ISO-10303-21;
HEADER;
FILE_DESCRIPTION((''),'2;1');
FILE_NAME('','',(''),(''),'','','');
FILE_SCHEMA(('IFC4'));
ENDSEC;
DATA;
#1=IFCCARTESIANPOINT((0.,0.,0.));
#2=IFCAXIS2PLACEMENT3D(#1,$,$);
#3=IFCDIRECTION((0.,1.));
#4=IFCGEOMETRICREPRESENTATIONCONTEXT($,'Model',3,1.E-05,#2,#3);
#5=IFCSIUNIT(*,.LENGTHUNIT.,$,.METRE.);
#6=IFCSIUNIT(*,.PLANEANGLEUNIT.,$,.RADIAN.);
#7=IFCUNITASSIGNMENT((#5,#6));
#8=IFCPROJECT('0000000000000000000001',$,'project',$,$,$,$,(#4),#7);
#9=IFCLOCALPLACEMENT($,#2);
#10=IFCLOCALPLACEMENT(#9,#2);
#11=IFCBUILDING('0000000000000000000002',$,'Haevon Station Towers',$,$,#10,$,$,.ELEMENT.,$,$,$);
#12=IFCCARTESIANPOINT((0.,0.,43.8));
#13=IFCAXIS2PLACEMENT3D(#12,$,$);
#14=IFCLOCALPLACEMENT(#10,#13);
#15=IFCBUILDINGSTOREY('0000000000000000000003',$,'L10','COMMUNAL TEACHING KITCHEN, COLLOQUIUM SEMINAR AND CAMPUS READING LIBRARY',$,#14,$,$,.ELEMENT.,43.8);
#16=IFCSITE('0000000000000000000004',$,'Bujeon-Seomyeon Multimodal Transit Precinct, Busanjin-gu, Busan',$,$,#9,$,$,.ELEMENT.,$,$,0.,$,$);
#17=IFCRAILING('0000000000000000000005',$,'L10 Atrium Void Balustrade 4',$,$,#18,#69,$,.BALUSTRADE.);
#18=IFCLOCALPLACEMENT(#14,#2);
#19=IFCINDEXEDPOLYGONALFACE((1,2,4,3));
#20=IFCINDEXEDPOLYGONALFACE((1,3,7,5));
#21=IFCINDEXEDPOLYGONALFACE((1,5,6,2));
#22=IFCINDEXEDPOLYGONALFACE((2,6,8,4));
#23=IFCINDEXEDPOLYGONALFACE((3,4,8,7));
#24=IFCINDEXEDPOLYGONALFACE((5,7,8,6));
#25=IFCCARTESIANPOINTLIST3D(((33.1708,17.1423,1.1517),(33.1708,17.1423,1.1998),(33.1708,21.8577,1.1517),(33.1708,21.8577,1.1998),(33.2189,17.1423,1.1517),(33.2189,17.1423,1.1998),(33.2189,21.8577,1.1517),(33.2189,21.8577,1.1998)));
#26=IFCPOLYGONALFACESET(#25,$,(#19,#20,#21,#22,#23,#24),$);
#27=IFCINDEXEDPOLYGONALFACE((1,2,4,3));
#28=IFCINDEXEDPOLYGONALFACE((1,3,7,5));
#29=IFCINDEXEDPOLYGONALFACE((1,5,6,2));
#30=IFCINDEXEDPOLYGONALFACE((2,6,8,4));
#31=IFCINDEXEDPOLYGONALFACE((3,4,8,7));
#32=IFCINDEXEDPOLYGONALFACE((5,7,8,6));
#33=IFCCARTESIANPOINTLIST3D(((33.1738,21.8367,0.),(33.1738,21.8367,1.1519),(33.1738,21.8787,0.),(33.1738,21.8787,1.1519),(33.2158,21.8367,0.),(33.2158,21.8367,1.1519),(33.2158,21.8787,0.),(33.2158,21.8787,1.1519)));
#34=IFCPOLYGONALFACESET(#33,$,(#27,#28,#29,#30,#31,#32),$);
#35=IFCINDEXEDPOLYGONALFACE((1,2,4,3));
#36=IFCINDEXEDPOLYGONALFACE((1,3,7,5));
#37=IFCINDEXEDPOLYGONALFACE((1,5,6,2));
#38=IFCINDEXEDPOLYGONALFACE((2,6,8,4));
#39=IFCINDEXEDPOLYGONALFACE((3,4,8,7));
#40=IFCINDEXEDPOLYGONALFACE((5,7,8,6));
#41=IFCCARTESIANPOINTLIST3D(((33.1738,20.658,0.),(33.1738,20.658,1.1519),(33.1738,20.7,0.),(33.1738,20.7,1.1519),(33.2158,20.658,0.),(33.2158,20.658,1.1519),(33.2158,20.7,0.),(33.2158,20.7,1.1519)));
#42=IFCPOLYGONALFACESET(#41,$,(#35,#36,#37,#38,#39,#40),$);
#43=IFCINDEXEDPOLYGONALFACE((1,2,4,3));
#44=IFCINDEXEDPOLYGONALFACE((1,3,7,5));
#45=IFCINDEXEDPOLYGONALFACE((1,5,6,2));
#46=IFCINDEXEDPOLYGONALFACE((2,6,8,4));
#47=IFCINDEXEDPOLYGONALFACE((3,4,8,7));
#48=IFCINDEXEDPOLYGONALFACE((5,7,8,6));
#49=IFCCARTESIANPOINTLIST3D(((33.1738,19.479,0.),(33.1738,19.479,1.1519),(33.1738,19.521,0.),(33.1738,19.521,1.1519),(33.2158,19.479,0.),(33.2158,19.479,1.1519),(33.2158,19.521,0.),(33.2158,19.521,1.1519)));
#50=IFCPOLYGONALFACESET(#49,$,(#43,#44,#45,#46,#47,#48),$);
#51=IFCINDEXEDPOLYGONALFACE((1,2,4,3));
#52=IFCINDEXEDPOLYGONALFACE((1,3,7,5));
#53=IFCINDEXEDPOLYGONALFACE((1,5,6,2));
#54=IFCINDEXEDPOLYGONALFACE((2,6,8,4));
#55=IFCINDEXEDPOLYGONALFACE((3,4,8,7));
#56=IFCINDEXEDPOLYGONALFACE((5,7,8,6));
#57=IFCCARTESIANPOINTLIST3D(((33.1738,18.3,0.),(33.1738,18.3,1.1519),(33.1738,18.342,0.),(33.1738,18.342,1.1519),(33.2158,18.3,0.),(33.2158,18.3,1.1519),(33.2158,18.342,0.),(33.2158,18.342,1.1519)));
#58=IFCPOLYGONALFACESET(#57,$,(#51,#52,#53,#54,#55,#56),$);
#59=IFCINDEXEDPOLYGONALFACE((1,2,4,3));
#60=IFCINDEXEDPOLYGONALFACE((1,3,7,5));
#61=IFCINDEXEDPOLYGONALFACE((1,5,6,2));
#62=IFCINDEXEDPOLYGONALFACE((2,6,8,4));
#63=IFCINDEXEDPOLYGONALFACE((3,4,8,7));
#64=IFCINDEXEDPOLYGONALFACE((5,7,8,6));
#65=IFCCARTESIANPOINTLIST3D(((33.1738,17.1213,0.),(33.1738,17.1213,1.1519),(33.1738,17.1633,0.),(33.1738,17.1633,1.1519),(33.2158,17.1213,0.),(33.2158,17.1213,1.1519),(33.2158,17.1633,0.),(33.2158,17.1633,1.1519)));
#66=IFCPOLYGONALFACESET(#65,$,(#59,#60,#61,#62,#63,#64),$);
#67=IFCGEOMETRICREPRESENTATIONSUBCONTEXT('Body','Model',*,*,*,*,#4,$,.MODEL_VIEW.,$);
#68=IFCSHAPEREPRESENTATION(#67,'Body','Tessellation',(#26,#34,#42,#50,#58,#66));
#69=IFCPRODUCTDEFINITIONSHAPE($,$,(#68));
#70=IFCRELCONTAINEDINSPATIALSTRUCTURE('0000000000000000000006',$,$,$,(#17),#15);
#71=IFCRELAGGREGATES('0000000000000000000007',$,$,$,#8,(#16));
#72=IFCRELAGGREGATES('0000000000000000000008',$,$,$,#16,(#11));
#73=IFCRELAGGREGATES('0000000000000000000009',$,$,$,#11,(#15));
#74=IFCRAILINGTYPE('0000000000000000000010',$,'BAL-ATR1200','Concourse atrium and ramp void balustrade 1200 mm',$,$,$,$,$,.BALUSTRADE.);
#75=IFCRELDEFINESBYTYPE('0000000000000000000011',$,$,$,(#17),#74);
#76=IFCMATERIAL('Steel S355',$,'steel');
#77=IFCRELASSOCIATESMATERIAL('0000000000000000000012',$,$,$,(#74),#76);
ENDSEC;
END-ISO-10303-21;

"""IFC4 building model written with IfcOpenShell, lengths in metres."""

from ifc_helpers import new_model, si_unit, direction, frame, origin, origin_2d, place, context, subcontext, project, spatial, rectangle, extrude, material, type_object, element, save


model = new_model("IFC4")

# Units and contexts
model_context = context("Model", 3, precision=1e-05, world=origin(), true_north=direction((0.0, 1.0)))
body_context = subcontext(model_context, "Body", "Model", "MODEL_VIEW")
ifc_project = project(units=[si_unit("LENGTHUNIT", "METRE"), si_unit("PLANEANGLEUNIT", "RADIAN")], contexts=[model_context])

# Site, building, storey
site_placement = place(None, origin())
site = spatial("IfcSite", under=ifc_project, at=site_placement, Name="Bujeon-Seomyeon Multimodal Transit Precinct, Busanjin-gu, Busan", CompositionType="ELEMENT", RefElevation=0.0)
building_placement = place(site_placement, origin())
building = spatial("IfcBuilding", under=site, at=building_placement, Name="Haevon Station Towers", CompositionType="ELEMENT")
storey_placement = place(building_placement, frame((0.0, 0.0, 43.8)))
storey = spatial("IfcBuildingStorey", under=building, at=storey_placement, Name="L10", Description="COMMUNAL TEACHING KITCHEN, COLLOQUIUM SEMINAR AND CAMPUS READING LIBRARY", CompositionType="ELEMENT", Elevation=43.8)

# Shared definitions
ifc_material_1 = material(Name="Steel S355", Category="steel")

# Railing
railing_type = type_object("IfcRailingType", Name="BAL-ATR1200", Description="Concourse atrium and ramp void balustrade 1200 mm", PredefinedType="BALUSTRADE", material=ifc_material_1)
railing_1_placement = place(storey_placement, frame((33.1948, 21.8577, 0.0)))
element("IfcRailing", 1, at=railing_1_placement, inside=storey, type_object=railing_type, Name="L10 Atrium Void Balustrade 4", PredefinedType="BALUSTRADE", context=body_context, shape_type="SweptSolid", body=[
    extrude(rectangle(XDim=0.0481, YDim=0.0481, at=origin_2d()), frame((0.0, 0.0, 1.1758), z_axis=(0.0, -1.0, 0.0), x_axis=(1.0, 0.0, 0.0)), (0.0, 0.0, 1.0), 4.7153),
    extrude(rectangle(XDim=0.042, YDim=0.042, at=origin_2d()), origin(), (0.0, 0.0, 1.0), 1.1519),
    extrude(rectangle(XDim=0.042, YDim=0.042, at=origin_2d()), frame((0.0, -1.1787, 0.0)), (0.0, 0.0, 1.0), 1.1519),
    extrude(rectangle(XDim=0.042, YDim=0.042, at=origin_2d()), frame((0.0, -2.3577, 0.0)), (0.0, 0.0, 1.0), 1.1519),
    extrude(rectangle(XDim=0.042, YDim=0.042, at=origin_2d()), frame((0.0, -3.5366, 0.0)), (0.0, 0.0, 1.0), 1.1519),
    extrude(rectangle(XDim=0.042, YDim=0.042, at=origin_2d()), frame((0.0, -4.7153, 0.0)), (0.0, 0.0, 1.0), 1.1519),
])

save(model, "model.ifc")
